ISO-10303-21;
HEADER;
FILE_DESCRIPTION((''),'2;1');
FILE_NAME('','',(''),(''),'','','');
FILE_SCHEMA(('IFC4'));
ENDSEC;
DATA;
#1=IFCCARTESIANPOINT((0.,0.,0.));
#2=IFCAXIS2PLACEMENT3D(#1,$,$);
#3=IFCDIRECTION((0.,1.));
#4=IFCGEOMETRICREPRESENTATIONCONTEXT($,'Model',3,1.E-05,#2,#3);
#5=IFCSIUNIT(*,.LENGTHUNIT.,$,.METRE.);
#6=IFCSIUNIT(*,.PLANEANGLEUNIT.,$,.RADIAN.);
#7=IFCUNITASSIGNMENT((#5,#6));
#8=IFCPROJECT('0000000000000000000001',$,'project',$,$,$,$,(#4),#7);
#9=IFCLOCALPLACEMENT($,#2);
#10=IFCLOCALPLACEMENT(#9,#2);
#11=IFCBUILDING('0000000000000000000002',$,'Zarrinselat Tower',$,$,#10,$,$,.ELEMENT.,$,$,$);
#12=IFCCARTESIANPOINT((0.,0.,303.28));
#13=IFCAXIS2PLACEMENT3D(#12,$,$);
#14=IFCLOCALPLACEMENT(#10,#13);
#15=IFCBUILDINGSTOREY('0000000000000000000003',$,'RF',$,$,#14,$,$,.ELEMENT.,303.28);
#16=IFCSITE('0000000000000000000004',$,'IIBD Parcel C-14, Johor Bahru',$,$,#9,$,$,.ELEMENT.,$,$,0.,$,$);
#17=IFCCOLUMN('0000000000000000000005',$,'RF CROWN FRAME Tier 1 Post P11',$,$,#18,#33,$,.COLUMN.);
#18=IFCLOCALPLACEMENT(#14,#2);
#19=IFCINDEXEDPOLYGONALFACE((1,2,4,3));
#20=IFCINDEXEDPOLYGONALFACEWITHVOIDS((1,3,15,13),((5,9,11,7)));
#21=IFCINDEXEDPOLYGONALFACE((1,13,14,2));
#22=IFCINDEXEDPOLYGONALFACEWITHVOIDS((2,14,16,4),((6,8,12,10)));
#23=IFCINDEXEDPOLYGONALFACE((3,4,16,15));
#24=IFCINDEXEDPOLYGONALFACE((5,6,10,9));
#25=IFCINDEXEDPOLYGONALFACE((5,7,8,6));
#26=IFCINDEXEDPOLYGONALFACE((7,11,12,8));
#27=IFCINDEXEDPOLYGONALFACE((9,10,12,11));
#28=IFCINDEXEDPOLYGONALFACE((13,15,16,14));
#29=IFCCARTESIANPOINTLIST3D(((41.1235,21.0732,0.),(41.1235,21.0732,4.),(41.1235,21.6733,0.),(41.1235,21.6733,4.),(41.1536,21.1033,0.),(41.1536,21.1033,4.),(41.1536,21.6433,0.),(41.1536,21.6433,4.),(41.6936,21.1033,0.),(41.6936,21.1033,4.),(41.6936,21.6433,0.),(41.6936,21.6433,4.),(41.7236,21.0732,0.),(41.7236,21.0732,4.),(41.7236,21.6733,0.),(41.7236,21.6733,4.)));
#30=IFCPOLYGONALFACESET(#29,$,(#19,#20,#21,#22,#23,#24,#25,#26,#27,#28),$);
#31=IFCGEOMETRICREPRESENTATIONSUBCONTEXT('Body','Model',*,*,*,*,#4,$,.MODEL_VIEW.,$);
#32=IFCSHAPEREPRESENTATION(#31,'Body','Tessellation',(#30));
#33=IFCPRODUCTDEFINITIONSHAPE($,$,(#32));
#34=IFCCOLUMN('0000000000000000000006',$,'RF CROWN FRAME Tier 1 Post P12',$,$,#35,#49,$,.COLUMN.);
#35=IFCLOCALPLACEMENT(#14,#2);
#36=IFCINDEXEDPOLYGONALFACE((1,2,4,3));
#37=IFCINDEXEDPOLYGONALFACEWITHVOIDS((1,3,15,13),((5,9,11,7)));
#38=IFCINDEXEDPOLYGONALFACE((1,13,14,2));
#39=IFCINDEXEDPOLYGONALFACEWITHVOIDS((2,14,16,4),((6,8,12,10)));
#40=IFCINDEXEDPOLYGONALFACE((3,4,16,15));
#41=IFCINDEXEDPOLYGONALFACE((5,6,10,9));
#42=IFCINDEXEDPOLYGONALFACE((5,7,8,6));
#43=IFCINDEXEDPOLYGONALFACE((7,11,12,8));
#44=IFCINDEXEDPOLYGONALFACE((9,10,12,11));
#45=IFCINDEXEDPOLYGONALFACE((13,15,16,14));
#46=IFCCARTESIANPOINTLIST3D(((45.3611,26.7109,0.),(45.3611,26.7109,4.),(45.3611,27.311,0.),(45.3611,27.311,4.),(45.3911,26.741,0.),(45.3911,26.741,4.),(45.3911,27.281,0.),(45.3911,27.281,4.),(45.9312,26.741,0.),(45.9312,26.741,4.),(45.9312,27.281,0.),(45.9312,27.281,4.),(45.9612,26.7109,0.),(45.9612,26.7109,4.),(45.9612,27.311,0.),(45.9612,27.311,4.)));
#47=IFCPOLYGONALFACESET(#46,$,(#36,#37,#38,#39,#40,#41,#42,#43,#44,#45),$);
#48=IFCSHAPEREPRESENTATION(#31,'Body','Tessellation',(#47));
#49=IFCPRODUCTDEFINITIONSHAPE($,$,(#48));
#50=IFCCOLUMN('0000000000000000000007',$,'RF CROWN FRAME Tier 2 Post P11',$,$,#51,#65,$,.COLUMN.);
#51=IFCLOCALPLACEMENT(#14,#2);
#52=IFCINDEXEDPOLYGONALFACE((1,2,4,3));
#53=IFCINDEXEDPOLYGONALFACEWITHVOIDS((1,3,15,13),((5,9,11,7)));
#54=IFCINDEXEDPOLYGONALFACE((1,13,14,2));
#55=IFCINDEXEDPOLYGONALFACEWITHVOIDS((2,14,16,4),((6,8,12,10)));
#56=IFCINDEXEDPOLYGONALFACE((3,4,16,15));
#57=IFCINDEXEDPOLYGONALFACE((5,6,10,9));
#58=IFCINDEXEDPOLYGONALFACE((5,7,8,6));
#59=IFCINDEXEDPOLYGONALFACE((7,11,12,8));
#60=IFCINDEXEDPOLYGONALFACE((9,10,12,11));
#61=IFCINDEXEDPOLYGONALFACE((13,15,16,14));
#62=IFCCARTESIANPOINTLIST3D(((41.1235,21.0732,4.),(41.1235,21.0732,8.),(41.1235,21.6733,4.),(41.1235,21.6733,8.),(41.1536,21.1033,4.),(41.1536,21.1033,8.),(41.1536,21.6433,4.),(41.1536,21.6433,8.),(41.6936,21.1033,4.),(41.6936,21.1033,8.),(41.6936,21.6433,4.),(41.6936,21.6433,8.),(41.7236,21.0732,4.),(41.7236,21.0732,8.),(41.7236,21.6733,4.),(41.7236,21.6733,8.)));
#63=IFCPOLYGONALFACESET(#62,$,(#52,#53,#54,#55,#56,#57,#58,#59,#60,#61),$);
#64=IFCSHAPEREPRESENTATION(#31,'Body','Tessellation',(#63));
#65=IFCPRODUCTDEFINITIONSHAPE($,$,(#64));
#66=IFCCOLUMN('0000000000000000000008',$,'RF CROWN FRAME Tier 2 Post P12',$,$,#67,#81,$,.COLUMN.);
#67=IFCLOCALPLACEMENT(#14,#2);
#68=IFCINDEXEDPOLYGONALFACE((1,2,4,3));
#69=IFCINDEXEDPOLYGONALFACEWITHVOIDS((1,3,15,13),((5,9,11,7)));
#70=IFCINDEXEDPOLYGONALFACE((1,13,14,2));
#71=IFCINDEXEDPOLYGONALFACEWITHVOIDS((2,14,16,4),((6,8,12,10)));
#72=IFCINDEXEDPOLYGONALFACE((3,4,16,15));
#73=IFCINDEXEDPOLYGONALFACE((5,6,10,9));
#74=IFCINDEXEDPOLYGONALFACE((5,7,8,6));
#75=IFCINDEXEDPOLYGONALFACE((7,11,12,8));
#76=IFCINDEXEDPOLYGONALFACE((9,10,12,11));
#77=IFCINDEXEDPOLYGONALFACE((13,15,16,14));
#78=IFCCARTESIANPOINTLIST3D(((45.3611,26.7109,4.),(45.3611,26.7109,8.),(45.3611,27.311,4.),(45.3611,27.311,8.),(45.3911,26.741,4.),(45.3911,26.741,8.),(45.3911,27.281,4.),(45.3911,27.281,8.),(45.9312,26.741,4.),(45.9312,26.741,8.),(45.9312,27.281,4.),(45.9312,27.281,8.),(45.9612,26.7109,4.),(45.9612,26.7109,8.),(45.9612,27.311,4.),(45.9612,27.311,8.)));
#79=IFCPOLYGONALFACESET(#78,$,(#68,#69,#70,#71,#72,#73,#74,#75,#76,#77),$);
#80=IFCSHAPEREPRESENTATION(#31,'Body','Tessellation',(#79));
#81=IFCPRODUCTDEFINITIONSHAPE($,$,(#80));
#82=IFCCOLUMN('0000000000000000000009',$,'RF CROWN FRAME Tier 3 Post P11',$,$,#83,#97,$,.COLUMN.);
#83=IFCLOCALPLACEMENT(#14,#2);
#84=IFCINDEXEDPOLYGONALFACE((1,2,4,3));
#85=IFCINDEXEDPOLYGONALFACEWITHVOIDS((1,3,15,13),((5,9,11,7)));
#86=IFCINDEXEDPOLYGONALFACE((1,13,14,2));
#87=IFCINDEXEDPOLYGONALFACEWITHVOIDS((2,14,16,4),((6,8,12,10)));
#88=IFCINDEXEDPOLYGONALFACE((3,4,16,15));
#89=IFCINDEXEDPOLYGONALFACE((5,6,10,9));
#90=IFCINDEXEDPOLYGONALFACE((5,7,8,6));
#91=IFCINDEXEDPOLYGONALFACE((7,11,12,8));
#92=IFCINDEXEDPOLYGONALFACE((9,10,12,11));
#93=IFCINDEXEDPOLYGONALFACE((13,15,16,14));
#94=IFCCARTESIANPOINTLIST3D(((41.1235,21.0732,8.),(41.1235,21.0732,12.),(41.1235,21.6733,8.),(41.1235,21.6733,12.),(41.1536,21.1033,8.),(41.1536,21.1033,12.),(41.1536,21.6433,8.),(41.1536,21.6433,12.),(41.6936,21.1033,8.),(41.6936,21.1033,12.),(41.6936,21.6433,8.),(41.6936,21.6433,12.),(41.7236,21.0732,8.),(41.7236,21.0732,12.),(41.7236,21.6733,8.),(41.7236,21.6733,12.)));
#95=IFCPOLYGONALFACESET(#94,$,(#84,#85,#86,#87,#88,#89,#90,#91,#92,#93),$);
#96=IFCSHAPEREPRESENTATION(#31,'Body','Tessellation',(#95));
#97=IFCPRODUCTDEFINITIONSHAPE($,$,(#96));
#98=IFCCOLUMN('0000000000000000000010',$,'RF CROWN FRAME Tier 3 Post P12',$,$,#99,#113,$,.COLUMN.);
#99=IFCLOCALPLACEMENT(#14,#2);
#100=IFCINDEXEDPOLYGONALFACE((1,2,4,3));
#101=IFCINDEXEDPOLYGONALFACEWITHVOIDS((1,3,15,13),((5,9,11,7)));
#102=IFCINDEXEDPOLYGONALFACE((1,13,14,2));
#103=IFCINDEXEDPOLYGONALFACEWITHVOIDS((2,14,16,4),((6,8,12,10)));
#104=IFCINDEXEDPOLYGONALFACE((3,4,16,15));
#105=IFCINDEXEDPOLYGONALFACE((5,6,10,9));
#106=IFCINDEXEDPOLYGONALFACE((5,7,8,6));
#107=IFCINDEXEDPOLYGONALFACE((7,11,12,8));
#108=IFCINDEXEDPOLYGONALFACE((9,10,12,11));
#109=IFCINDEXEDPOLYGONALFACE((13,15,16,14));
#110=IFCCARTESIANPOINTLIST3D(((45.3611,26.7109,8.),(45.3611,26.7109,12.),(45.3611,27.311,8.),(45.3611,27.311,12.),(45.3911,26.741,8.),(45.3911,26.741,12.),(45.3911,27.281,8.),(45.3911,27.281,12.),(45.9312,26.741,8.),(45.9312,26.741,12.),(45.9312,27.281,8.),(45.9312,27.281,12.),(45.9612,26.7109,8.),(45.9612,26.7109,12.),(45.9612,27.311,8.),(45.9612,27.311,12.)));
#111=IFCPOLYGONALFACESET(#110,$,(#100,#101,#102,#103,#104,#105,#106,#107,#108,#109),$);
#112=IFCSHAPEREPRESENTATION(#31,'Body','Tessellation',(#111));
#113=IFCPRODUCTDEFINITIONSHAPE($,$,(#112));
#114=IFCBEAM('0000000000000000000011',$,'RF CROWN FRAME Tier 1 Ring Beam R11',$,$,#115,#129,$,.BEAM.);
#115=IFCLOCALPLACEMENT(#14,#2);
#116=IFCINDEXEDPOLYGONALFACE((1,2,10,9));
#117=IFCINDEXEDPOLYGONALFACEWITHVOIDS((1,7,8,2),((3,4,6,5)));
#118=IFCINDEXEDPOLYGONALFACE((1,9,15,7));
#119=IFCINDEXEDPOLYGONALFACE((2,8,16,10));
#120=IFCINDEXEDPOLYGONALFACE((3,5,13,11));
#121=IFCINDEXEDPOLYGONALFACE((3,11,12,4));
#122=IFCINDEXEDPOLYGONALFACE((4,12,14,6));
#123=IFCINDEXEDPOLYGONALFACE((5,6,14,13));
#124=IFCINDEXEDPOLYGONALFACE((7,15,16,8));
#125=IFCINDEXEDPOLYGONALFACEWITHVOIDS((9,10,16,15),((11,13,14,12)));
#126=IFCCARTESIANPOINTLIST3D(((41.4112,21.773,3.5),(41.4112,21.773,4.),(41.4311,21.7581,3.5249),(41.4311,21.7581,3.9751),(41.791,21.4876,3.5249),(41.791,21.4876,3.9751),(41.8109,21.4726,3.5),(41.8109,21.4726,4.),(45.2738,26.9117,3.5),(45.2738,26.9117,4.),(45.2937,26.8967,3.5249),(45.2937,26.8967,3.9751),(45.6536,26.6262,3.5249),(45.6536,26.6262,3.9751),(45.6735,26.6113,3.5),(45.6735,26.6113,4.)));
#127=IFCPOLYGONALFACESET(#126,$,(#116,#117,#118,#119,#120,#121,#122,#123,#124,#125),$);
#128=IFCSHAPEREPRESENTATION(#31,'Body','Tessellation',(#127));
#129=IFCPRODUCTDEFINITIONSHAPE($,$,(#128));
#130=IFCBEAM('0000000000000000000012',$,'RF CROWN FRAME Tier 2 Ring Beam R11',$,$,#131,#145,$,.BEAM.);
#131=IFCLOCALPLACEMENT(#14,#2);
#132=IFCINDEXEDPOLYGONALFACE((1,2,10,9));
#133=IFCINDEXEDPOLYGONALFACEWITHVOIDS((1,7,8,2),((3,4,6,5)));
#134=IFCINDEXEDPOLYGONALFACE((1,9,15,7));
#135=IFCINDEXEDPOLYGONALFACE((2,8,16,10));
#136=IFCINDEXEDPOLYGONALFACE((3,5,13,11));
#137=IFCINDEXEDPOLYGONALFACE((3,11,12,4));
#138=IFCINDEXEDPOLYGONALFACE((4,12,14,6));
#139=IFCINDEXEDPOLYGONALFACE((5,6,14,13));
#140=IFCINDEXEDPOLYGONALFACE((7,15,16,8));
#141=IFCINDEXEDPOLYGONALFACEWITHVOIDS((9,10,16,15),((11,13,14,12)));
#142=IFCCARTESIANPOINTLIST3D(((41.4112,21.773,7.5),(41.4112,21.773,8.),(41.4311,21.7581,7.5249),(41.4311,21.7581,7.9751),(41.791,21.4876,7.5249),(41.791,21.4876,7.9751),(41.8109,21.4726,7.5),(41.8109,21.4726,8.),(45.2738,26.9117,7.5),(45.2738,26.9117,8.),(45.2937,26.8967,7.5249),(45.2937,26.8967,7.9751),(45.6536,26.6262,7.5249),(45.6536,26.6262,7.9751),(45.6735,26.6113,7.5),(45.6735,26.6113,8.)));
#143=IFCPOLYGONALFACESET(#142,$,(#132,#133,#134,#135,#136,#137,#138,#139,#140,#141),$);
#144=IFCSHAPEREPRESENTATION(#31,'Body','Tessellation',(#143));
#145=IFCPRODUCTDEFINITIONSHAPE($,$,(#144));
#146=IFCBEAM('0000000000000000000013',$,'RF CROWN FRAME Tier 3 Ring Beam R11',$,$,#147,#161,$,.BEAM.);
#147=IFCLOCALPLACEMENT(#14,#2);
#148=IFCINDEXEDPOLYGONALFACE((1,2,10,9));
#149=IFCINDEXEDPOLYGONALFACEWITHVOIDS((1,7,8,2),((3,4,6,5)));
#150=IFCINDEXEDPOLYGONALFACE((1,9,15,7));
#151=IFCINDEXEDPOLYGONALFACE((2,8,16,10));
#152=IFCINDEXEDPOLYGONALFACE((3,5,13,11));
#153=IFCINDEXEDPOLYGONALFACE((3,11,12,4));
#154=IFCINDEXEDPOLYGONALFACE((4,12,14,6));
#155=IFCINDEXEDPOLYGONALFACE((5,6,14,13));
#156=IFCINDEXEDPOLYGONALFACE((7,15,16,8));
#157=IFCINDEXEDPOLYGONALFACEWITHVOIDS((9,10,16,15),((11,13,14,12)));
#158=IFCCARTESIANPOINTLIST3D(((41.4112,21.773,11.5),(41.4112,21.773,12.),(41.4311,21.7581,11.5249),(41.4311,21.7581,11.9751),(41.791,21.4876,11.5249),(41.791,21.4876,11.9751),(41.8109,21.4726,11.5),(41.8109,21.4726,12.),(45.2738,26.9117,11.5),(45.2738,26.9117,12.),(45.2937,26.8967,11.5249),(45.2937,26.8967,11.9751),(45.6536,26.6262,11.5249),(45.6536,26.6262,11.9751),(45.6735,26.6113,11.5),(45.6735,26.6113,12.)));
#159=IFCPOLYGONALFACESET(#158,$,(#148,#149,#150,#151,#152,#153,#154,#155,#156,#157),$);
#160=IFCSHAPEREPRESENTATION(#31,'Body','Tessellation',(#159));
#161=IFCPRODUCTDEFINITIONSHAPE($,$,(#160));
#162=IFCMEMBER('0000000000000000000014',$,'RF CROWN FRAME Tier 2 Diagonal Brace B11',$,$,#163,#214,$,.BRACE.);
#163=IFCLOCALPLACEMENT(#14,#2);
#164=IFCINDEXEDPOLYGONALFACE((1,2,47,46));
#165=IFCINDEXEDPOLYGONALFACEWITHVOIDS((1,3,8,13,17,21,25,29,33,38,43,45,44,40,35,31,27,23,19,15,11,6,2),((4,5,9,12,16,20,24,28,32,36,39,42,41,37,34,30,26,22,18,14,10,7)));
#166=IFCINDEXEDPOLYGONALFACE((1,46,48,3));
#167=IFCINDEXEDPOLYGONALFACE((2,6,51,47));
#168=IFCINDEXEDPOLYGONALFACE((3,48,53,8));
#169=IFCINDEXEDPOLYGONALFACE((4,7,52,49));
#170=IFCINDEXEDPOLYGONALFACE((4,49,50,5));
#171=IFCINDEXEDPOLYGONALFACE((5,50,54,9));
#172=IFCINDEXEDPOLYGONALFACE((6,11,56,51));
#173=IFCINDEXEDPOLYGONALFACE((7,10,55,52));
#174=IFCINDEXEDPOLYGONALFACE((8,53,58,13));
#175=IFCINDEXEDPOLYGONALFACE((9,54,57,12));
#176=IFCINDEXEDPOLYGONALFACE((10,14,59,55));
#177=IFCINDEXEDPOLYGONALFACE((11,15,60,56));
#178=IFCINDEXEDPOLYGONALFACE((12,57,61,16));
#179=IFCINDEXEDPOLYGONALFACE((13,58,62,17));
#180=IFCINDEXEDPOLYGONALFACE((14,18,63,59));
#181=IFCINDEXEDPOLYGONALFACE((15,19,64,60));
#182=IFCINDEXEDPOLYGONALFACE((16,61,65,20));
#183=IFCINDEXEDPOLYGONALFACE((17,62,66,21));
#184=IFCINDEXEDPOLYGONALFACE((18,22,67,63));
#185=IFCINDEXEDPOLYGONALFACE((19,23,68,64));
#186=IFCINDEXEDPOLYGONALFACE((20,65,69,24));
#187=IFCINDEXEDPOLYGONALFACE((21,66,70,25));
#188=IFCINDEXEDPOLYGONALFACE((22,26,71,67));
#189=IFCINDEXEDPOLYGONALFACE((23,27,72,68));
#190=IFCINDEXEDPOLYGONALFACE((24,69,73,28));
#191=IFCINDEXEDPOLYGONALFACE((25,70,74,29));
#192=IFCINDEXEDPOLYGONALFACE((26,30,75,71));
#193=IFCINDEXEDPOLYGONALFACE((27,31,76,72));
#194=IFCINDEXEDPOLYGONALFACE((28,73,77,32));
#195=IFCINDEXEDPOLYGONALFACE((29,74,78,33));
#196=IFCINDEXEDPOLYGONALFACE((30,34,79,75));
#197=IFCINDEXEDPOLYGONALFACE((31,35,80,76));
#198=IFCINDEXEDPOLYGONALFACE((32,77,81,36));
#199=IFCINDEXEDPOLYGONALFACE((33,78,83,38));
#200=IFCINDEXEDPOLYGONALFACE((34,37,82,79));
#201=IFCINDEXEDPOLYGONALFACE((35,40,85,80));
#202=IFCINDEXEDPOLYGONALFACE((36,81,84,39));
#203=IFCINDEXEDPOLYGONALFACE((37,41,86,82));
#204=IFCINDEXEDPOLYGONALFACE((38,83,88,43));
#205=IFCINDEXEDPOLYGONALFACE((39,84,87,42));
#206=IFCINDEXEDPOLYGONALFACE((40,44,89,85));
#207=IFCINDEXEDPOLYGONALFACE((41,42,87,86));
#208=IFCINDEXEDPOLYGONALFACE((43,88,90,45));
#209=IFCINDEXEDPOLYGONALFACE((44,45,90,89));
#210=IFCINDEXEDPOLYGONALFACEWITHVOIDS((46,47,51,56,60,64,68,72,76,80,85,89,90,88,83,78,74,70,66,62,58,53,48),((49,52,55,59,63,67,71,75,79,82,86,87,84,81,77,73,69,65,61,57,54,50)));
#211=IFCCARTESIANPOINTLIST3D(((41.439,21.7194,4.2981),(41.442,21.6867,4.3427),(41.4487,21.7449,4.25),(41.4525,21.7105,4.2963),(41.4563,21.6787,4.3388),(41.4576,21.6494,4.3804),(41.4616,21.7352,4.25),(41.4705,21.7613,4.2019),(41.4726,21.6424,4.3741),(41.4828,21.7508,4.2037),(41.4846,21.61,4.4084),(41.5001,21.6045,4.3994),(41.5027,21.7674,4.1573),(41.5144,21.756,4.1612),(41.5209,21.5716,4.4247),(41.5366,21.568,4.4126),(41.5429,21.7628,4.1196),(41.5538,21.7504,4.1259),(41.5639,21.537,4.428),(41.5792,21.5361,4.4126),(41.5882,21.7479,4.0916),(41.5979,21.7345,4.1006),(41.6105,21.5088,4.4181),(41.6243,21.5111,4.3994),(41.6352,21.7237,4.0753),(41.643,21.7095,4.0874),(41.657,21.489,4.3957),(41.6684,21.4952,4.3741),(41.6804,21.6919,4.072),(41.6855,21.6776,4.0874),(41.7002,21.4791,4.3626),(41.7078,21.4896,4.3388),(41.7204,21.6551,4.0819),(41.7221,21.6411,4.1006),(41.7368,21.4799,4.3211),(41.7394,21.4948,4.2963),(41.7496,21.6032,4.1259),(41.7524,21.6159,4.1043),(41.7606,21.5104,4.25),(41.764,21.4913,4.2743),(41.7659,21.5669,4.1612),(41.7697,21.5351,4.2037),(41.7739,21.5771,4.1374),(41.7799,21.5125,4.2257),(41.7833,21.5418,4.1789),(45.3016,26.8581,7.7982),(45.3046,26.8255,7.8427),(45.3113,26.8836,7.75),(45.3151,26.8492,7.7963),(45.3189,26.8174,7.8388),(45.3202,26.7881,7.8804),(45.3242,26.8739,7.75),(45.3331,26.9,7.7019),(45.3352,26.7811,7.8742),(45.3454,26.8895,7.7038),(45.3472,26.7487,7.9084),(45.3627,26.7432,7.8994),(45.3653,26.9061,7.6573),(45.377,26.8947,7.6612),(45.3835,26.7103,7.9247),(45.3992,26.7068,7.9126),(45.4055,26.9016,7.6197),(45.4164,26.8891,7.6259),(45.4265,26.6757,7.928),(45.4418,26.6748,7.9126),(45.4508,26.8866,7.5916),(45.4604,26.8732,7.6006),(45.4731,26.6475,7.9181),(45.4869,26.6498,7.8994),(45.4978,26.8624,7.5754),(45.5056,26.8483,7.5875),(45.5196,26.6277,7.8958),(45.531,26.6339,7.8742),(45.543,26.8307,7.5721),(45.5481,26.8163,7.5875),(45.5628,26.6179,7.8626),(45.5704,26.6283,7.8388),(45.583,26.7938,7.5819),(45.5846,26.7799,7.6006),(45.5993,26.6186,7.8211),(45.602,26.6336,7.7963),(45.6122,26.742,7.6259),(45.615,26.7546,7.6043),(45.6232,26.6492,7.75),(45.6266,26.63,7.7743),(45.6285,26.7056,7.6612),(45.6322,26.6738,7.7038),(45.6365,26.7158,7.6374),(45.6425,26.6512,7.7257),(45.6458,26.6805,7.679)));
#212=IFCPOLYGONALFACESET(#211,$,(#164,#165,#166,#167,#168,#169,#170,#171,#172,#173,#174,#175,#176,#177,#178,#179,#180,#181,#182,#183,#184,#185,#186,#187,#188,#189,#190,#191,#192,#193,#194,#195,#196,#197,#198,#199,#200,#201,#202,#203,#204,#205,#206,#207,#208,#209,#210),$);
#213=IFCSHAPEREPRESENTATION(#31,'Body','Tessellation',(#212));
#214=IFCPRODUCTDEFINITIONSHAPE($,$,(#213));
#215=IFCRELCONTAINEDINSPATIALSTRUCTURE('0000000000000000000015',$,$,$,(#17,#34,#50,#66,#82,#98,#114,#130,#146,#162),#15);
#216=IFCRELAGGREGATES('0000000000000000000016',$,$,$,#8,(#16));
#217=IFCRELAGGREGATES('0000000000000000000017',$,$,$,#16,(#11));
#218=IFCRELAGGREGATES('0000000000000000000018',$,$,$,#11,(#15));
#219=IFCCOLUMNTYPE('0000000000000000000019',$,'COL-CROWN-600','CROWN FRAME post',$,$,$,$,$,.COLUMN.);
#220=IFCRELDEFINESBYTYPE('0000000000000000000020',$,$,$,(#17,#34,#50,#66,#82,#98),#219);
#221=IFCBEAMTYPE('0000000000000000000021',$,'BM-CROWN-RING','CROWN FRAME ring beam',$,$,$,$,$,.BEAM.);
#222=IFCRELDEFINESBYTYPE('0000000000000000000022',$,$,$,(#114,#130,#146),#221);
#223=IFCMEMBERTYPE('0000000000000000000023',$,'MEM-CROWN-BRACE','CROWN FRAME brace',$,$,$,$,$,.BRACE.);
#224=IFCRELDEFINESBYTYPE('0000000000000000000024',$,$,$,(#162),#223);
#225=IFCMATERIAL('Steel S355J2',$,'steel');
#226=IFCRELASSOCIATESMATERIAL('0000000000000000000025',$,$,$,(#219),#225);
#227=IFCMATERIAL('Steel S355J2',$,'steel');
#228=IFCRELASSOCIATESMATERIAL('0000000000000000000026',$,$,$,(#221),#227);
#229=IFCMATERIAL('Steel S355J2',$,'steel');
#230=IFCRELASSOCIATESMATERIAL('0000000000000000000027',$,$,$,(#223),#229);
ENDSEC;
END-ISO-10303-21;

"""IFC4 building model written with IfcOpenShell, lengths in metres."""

from ifc_helpers import new_model, si_unit, direction, frame, origin, origin_2d, place, context, subcontext, project, spatial, hollow_rectangle, hollow_circle, extrude, material, material_profile, profile_set, type_object, element, save


model = new_model("IFC4")

# Units and contexts
model_context = context("Model", 3, precision=1e-05, world=origin(), true_north=direction((0.0, 1.0)))
body_context = subcontext(model_context, "Body", "Model", "MODEL_VIEW")
ifc_project = project(units=[si_unit("LENGTHUNIT", "METRE"), si_unit("PLANEANGLEUNIT", "RADIAN")], contexts=[model_context])

# Site, building, storey
site_placement = place(None, origin())
site = spatial("IfcSite", under=ifc_project, at=site_placement, Name="IIBD Parcel C-14, Johor Bahru", CompositionType="ELEMENT", RefElevation=0.0)
building_placement = place(site_placement, origin())
building = spatial("IfcBuilding", under=site, at=building_placement, Name="Zarrinselat Tower", CompositionType="ELEMENT")
storey_placement = place(building_placement, frame((0.0, 0.0, 303.28)))
storey = spatial("IfcBuildingStorey", under=building, at=storey_placement, Name="RF", CompositionType="ELEMENT", Elevation=303.28)

# Columns
ifc_material_1 = material(Name="Steel S355J2", Category="steel")
ifc_material_profile_1 = material_profile(ifc_material_1, hollow_rectangle(XDim=0.6001, YDim=0.6001, WallThickness=0.03, at=origin_2d()), Name="SHS 600x600x30")
ifc_profile_set_1 = profile_set([ifc_material_profile_1], Name="Steel S355J2")
column_type = type_object("IfcColumnType", Name="COL-CROWN-600", Description="CROWN FRAME post", PredefinedType="COLUMN", material=ifc_profile_set_1)
for number, where, z_axis, x_axis, name in (
    (1, (41.4236, 21.3733, 0.0), (0.0, 0.0, 1.0), (1.0, 0.0, 0.0), "RF CROWN FRAME Tier 1 Post P11"),
    (2, (45.6611, 27.011, 0.0), (0.0, 0.0, 1.0), (1.0, 0.0, 0.0), "RF CROWN FRAME Tier 1 Post P12"),
    (3, (41.4236, 21.3733, 4.0), (0.0, 0.0, 1.0), (1.0, 0.0, 0.0), "RF CROWN FRAME Tier 2 Post P11"),
    (4, (45.6611, 27.011, 4.0), (0.0, 0.0, 1.0), (1.0, 0.0, 0.0), "RF CROWN FRAME Tier 2 Post P12"),
    (5, (41.4236, 21.3733, 8.0), (0.0, 0.0, 1.0), (1.0, 0.0, 0.0), "RF CROWN FRAME Tier 3 Post P11"),
    (6, (45.6611, 27.011, 8.0), (0.0, 0.0, 1.0), (1.0, 0.0, 0.0), "RF CROWN FRAME Tier 3 Post P12"),
):
    element("IfcColumn", number, at=place(storey_placement, frame(where, z_axis=z_axis, x_axis=x_axis)), inside=storey, type_object=column_type, Name=name, PredefinedType="COLUMN", context=body_context, shape_type="SweptSolid", body=[
        extrude(hollow_rectangle(XDim=0.6001, YDim=0.6001, WallThickness=0.03, at=origin_2d()), origin(), (0.0, 0.0, 1.0), 4.0),
    ])

# Beams
ifc_material_2 = material(Name="Steel S355J2", Category="steel")
ifc_material_profile_2 = material_profile(ifc_material_2, hollow_rectangle(XDim=0.5, YDim=0.5, WallThickness=0.0249, at=origin_2d()), Name="SHS 500x500x25")
ifc_profile_set_2 = profile_set([ifc_material_profile_2], Name="Steel S355J2")
beam_type = type_object("IfcBeamType", Name="BM-CROWN-RING", Description="CROWN FRAME ring beam", PredefinedType="BEAM", material=ifc_profile_set_2)
for number, where, z_axis, x_axis, name in (
    (7, (41.6111, 21.6228, 3.75), (0.60085, 0.799362, 0.0), (-0.799362, 0.60085, 0.0), "RF CROWN FRAME Tier 1 Ring Beam R11"),
    (8, (41.6111, 21.6228, 7.75), (0.60085, 0.799362, 0.0), (-0.799362, 0.60085, 0.0), "RF CROWN FRAME Tier 2 Ring Beam R11"),
    (9, (41.6111, 21.6228, 11.75), (0.60085, 0.799362, 0.0), (-0.799362, 0.60085, 0.0), "RF CROWN FRAME Tier 3 Ring Beam R11"),
):
    element("IfcBeam", number, at=place(storey_placement, frame(where, z_axis=z_axis, x_axis=x_axis)), inside=storey, type_object=beam_type, Name=name, PredefinedType="BEAM", context=body_context, shape_type="SweptSolid", body=[
        extrude(hollow_rectangle(XDim=0.5, YDim=0.5, WallThickness=0.0249, at=origin_2d()), origin(), (0.0, 0.0, 1.0), 6.4285),
    ])

# Member
ifc_material_3 = material(Name="Steel S355J2", Category="steel")
ifc_material_profile_3 = material_profile(ifc_material_3, hollow_circle(Radius=0.2031, WallThickness=0.0161, at=origin_2d()), Name="CHS 406.4x16")
ifc_profile_set_3 = profile_set([ifc_material_profile_3], Name="Steel S355J2")
member_type_1 = type_object("IfcMemberType", Name="MEM-CROWN-BRACE", Description="CROWN FRAME brace", PredefinedType="BRACE", material=ifc_profile_set_3)
member_1_placement = place(storey_placement, frame((41.6111, 21.6228, 4.25), z_axis=(0.527706, 0.702051, 0.478174), x_axis=(-0.799362, 0.60085, 0.0)))
element("IfcMember", 10, at=member_1_placement, inside=storey, type_object=member_type_1, Name="RF CROWN FRAME Tier 2 Diagonal Brace B11", PredefinedType="BRACE", context=body_context, shape_type="SweptSolid", body=[
    extrude(hollow_circle(Radius=0.2031, WallThickness=0.0161, at=origin_2d()), origin(), (0.0, 0.0, 1.0), 7.3196),
])

save(model, "model.ifc")
